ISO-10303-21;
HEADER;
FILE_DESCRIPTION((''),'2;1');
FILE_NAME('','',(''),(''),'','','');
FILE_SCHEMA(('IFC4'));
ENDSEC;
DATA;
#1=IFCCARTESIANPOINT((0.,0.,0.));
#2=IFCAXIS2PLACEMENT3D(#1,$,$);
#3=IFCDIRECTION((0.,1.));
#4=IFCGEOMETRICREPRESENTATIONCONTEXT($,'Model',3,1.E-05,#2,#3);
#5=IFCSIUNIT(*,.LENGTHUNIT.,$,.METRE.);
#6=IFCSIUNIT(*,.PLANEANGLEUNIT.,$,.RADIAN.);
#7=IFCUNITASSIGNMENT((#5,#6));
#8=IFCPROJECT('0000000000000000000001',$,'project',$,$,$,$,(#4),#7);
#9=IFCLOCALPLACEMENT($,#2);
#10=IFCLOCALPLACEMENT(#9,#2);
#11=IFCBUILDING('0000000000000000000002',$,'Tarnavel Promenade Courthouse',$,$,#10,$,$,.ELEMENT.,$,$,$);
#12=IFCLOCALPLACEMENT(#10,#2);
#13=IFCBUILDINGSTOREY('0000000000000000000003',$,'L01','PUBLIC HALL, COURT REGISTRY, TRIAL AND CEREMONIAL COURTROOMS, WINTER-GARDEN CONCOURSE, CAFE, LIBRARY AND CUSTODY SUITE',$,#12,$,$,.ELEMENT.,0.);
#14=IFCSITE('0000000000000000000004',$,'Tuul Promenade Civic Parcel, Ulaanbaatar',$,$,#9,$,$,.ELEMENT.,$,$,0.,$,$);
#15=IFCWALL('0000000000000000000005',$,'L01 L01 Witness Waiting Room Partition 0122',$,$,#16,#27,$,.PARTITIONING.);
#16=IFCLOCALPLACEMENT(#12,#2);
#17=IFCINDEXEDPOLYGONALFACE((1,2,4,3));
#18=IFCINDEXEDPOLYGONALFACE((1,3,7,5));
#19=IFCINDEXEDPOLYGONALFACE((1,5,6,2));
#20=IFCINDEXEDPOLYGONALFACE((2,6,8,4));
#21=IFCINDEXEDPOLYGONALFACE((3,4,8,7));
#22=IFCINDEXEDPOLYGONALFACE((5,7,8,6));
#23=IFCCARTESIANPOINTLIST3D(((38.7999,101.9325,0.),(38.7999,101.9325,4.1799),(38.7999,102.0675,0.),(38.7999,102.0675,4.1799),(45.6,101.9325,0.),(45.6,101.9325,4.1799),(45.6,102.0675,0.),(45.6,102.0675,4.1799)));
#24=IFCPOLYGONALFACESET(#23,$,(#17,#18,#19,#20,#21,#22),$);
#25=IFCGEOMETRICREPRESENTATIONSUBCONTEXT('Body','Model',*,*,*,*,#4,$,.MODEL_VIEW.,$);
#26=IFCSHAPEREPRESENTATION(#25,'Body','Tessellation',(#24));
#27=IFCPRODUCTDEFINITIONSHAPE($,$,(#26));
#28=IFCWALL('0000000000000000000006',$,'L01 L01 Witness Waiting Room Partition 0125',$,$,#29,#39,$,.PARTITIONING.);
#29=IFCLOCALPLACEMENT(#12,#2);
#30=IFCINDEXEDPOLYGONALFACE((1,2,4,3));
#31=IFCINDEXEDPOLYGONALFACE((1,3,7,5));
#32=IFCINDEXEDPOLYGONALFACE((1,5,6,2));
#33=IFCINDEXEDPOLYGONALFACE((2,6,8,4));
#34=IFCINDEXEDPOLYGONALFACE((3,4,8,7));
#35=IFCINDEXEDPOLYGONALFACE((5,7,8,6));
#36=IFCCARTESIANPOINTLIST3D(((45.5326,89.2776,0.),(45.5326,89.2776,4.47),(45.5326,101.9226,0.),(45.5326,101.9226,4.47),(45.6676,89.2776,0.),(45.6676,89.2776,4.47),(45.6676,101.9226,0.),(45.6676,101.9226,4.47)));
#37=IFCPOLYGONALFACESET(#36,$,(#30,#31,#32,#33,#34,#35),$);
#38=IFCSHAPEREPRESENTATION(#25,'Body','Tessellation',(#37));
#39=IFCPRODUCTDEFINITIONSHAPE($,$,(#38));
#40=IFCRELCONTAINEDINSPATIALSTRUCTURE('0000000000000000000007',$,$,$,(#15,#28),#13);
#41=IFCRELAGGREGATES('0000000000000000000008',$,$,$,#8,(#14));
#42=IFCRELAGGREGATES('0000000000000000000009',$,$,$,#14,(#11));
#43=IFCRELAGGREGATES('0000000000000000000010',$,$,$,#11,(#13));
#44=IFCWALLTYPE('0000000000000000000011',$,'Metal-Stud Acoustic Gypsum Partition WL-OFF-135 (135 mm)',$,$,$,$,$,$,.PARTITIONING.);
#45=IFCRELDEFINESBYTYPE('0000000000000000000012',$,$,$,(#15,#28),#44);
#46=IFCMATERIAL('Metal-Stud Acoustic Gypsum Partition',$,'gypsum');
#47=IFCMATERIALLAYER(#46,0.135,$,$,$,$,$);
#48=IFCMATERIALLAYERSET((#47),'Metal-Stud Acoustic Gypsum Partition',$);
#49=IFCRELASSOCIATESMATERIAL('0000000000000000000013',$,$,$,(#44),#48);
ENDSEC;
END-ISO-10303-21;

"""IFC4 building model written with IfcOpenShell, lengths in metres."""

from ifc_helpers import new_model, si_unit, direction, frame, frame_2d, origin, place, context, subcontext, project, spatial, rectangle, extrude, material, layer, layer_set, type_object, element, save


model = new_model("IFC4")

# Units and contexts
model_context = context("Model", 3, precision=1e-05, world=origin(), true_north=direction((0.0, 1.0)))
body_context = subcontext(model_context, "Body", "Model", "MODEL_VIEW")
ifc_project = project(units=[si_unit("LENGTHUNIT", "METRE"), si_unit("PLANEANGLEUNIT", "RADIAN")], contexts=[model_context])

# Site, building, storey
site_placement = place(None, origin())
site = spatial("IfcSite", under=ifc_project, at=site_placement, Name="Tuul Promenade Civic Parcel, Ulaanbaatar", CompositionType="ELEMENT", RefElevation=0.0)
building_placement = place(site_placement, origin())
building = spatial("IfcBuilding", under=site, at=building_placement, Name="Tarnavel Promenade Courthouse", CompositionType="ELEMENT")
storey_placement = place(building_placement, origin())
storey = spatial("IfcBuildingStorey", under=building, at=storey_placement, Name="L01", Description="PUBLIC HALL, COURT REGISTRY, TRIAL AND CEREMONIAL COURTROOMS, WINTER-GARDEN CONCOURSE, CAFE, LIBRARY AND CUSTODY SUITE", CompositionType="ELEMENT", Elevation=0.0)

# Walls
ifc_material_1 = material(Name="Metal-Stud Acoustic Gypsum Partition", Category="gypsum")
ifc_layer_1 = layer(ifc_material_1, 0.135)
ifc_layer_set_1 = layer_set([ifc_layer_1], Name="Metal-Stud Acoustic Gypsum Partition")
wall_type_1 = type_object("IfcWallType", Name="Metal-Stud Acoustic Gypsum Partition WL-OFF-135 (135 mm)", PredefinedType="PARTITIONING", material=ifc_layer_set_1)
wall_1_placement = place(storey_placement, frame((38.8, 102.0, 0.0), z_axis=(0.0, 0.0, 1.0), x_axis=(1.0, 0.0, 0.0)))
element("IfcWall", 1, at=wall_1_placement, inside=storey, type_object=wall_type_1, Name="L01 L01 Witness Waiting Room Partition 0122", PredefinedType="PARTITIONING", context=body_context, shape_type="SweptSolid", body=[
    extrude(rectangle(XDim=6.8, YDim=0.135, at=frame_2d((3.3999, 0.0))), origin(), (0.0, 0.0, 1.0), 4.1799),
])
wall_2_placement = place(storey_placement, frame((45.6001, 101.9226, 0.0), z_axis=(0.0, 0.0, 1.0), x_axis=(0.0, -1.0, 0.0)))
element("IfcWall", 2, at=wall_2_placement, inside=storey, type_object=wall_type_1, Name="L01 L01 Witness Waiting Room Partition 0125", PredefinedType="PARTITIONING", context=body_context, shape_type="SweptSolid", body=[
    extrude(rectangle(XDim=12.645, YDim=0.135, at=frame_2d((6.3225, 0.0))), origin(), (0.0, 0.0, 1.0), 4.47),
])

save(model, "model.ifc")
